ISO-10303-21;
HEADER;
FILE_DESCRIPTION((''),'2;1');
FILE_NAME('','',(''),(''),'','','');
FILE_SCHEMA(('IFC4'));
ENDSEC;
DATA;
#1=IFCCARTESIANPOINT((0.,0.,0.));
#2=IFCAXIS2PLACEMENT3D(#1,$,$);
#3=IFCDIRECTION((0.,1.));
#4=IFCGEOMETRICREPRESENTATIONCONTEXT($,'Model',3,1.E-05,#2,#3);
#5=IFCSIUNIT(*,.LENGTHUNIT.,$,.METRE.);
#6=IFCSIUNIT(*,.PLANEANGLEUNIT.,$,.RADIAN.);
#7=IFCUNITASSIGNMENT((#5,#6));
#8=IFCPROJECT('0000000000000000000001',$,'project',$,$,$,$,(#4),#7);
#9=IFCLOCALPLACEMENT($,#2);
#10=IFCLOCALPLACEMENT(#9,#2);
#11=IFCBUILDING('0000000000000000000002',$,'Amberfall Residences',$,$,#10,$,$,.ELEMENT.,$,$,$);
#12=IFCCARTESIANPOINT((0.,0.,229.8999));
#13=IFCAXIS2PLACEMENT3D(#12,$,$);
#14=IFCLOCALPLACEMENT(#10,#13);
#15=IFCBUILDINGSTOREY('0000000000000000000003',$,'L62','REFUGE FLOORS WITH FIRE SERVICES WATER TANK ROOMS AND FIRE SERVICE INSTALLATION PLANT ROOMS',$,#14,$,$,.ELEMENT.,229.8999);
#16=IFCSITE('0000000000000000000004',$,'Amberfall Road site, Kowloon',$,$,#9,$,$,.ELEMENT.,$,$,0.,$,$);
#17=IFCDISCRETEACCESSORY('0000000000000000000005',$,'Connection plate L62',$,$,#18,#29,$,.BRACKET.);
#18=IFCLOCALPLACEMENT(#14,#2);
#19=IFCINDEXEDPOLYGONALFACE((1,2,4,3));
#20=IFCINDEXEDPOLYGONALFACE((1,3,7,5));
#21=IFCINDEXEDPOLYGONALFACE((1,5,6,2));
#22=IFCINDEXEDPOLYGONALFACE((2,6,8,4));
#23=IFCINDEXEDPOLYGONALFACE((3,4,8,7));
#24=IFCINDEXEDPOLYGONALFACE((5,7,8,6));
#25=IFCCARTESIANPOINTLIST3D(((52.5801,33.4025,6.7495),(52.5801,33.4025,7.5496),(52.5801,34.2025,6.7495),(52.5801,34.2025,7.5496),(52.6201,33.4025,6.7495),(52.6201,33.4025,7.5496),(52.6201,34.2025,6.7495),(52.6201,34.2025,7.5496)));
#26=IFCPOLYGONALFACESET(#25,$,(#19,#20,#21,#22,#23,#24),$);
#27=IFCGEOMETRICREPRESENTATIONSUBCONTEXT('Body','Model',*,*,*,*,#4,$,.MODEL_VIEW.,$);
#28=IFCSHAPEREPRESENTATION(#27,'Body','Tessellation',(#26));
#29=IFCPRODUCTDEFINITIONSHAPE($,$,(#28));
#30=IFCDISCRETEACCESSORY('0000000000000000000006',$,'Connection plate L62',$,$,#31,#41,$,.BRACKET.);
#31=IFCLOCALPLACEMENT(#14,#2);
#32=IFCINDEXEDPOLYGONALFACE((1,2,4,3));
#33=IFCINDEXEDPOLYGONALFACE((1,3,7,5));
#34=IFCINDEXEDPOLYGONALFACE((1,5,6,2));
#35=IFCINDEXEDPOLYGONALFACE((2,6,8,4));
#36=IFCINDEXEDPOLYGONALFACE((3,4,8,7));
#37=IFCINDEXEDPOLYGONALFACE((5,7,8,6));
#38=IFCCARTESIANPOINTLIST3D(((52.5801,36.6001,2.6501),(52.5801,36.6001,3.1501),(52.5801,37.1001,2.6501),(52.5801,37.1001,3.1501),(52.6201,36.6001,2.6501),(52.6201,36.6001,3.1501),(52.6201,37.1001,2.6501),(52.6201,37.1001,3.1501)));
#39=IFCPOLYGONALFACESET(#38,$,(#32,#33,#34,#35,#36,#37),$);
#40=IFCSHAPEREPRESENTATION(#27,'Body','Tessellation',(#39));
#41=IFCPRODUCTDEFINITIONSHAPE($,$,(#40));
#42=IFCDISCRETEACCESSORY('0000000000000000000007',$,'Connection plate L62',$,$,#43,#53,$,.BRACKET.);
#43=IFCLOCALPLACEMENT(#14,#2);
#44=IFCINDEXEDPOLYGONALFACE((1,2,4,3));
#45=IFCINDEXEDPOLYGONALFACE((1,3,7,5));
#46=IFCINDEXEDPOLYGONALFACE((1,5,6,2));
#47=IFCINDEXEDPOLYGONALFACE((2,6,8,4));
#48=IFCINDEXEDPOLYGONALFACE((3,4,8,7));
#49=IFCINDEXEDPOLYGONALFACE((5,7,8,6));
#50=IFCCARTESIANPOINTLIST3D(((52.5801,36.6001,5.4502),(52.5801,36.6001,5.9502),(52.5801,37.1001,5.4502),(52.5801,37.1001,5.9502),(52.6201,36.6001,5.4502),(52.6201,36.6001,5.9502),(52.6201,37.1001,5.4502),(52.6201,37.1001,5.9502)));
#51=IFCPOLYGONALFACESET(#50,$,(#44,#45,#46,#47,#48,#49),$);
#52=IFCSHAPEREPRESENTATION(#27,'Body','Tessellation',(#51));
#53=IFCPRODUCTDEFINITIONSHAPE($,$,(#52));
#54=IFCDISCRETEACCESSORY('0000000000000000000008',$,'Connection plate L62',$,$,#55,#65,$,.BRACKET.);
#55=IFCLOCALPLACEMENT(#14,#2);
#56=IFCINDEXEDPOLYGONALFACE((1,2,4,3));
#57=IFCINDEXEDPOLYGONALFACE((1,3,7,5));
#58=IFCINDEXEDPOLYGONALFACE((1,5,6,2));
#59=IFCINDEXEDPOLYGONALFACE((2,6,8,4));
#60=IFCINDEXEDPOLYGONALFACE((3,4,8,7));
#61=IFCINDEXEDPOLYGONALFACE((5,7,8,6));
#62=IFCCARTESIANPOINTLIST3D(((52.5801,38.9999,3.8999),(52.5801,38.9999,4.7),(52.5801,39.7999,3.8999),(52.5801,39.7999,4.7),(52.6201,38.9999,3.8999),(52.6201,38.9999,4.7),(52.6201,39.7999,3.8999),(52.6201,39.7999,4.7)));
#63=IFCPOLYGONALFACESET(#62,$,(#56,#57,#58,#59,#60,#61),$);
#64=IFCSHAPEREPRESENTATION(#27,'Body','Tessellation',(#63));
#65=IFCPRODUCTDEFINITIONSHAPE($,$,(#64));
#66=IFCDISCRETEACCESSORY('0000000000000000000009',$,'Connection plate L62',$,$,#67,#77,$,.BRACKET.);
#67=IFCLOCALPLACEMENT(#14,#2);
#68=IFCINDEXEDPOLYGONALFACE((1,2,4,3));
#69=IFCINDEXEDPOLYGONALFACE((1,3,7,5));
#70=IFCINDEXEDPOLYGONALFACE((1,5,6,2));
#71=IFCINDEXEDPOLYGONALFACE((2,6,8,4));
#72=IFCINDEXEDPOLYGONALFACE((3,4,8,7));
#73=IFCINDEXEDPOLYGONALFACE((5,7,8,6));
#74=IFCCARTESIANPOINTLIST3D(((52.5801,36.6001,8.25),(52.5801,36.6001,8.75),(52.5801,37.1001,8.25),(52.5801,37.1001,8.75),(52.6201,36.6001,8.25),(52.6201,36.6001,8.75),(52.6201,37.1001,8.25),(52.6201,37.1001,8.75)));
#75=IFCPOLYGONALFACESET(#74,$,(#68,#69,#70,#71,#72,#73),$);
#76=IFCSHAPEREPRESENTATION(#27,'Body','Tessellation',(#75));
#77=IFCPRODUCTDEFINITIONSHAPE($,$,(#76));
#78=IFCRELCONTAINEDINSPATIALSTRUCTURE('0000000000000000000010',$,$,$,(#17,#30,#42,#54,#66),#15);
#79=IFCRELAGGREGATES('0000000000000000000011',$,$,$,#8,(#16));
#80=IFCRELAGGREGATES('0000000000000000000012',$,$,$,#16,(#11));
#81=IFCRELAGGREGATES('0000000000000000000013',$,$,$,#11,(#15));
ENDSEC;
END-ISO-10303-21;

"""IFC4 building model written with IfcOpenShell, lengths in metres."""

from ifc_helpers import new_model, si_unit, direction, frame, origin, origin_2d, place, context, subcontext, project, spatial, rectangle, extrude, element, save


model = new_model("IFC4")

# Units and contexts
model_context = context("Model", 3, precision=1e-05, world=origin(), true_north=direction((0.0, 1.0)))
body_context = subcontext(model_context, "Body", "Model", "MODEL_VIEW")
ifc_project = project(units=[si_unit("LENGTHUNIT", "METRE"), si_unit("PLANEANGLEUNIT", "RADIAN")], contexts=[model_context])

# Site, building, storey
site_placement = place(None, origin())
site = spatial("IfcSite", under=ifc_project, at=site_placement, Name="Amberfall Road site, Kowloon", CompositionType="ELEMENT", RefElevation=0.0)
building_placement = place(site_placement, origin())
building = spatial("IfcBuilding", under=site, at=building_placement, Name="Amberfall Residences", CompositionType="ELEMENT")
storey_placement = place(building_placement, frame((0.0, 0.0, 229.8999)))
storey = spatial("IfcBuildingStorey", under=building, at=storey_placement, Name="L62", Description="REFUGE FLOORS WITH FIRE SERVICES WATER TANK ROOMS AND FIRE SERVICE INSTALLATION PLANT ROOMS", CompositionType="ELEMENT", Elevation=229.8999)

# Discrete accessories
discrete_accessory_1_placement = place(storey_placement, frame((52.6001, 33.8025, 6.7495), z_axis=(0.0, 0.0, 1.0), x_axis=(0.0, 1.0, 0.0)))
element("IfcDiscreteAccessory", 1, at=discrete_accessory_1_placement, inside=storey, Name="Connection plate L62", PredefinedType="BRACKET", context=body_context, shape_type="SweptSolid", body=[
    extrude(rectangle(XDim=0.8, YDim=0.04, at=origin_2d()), origin(), (0.0, 0.0, 1.0), 0.8),
])
for number, where, z_axis, x_axis, name in (
    (2, (52.6001, 36.8501, 2.6501), (0.0, 0.0, 1.0), (0.0, 1.0, 0.0), "Connection plate L62"),
    (3, (52.6001, 36.8501, 5.4502), (0.0, 0.0, 1.0), (0.0, 1.0, 0.0), "Connection plate L62"),
):
    element("IfcDiscreteAccessory", number, at=place(storey_placement, frame(where, z_axis=z_axis, x_axis=x_axis)), inside=storey, Name=name, PredefinedType="BRACKET", context=body_context, shape_type="SweptSolid", body=[
        extrude(rectangle(XDim=0.5, YDim=0.04, at=origin_2d()), origin(), (0.0, 0.0, 1.0), 0.5),
    ])
discrete_accessory_2_placement = place(storey_placement, frame((52.6001, 39.3999, 3.8999), z_axis=(0.0, 0.0, 1.0), x_axis=(0.0, 1.0, 0.0)))
element("IfcDiscreteAccessory", 4, at=discrete_accessory_2_placement, inside=storey, Name="Connection plate L62", PredefinedType="BRACKET", context=body_context, shape_type="SweptSolid", body=[
    extrude(rectangle(XDim=0.8, YDim=0.04, at=origin_2d()), origin(), (0.0, 0.0, 1.0), 0.8),
])
discrete_accessory_3_placement = place(storey_placement, frame((52.6001, 36.8501, 8.25), z_axis=(0.0, 0.0, 1.0), x_axis=(0.0, 1.0, 0.0)))
element("IfcDiscreteAccessory", 5, at=discrete_accessory_3_placement, inside=storey, Name="Connection plate L62", PredefinedType="BRACKET", context=body_context, shape_type="SweptSolid", body=[
    extrude(rectangle(XDim=0.5, YDim=0.04, at=origin_2d()), origin(), (0.0, 0.0, 1.0), 0.5),
])

save(model, "model.ifc")
